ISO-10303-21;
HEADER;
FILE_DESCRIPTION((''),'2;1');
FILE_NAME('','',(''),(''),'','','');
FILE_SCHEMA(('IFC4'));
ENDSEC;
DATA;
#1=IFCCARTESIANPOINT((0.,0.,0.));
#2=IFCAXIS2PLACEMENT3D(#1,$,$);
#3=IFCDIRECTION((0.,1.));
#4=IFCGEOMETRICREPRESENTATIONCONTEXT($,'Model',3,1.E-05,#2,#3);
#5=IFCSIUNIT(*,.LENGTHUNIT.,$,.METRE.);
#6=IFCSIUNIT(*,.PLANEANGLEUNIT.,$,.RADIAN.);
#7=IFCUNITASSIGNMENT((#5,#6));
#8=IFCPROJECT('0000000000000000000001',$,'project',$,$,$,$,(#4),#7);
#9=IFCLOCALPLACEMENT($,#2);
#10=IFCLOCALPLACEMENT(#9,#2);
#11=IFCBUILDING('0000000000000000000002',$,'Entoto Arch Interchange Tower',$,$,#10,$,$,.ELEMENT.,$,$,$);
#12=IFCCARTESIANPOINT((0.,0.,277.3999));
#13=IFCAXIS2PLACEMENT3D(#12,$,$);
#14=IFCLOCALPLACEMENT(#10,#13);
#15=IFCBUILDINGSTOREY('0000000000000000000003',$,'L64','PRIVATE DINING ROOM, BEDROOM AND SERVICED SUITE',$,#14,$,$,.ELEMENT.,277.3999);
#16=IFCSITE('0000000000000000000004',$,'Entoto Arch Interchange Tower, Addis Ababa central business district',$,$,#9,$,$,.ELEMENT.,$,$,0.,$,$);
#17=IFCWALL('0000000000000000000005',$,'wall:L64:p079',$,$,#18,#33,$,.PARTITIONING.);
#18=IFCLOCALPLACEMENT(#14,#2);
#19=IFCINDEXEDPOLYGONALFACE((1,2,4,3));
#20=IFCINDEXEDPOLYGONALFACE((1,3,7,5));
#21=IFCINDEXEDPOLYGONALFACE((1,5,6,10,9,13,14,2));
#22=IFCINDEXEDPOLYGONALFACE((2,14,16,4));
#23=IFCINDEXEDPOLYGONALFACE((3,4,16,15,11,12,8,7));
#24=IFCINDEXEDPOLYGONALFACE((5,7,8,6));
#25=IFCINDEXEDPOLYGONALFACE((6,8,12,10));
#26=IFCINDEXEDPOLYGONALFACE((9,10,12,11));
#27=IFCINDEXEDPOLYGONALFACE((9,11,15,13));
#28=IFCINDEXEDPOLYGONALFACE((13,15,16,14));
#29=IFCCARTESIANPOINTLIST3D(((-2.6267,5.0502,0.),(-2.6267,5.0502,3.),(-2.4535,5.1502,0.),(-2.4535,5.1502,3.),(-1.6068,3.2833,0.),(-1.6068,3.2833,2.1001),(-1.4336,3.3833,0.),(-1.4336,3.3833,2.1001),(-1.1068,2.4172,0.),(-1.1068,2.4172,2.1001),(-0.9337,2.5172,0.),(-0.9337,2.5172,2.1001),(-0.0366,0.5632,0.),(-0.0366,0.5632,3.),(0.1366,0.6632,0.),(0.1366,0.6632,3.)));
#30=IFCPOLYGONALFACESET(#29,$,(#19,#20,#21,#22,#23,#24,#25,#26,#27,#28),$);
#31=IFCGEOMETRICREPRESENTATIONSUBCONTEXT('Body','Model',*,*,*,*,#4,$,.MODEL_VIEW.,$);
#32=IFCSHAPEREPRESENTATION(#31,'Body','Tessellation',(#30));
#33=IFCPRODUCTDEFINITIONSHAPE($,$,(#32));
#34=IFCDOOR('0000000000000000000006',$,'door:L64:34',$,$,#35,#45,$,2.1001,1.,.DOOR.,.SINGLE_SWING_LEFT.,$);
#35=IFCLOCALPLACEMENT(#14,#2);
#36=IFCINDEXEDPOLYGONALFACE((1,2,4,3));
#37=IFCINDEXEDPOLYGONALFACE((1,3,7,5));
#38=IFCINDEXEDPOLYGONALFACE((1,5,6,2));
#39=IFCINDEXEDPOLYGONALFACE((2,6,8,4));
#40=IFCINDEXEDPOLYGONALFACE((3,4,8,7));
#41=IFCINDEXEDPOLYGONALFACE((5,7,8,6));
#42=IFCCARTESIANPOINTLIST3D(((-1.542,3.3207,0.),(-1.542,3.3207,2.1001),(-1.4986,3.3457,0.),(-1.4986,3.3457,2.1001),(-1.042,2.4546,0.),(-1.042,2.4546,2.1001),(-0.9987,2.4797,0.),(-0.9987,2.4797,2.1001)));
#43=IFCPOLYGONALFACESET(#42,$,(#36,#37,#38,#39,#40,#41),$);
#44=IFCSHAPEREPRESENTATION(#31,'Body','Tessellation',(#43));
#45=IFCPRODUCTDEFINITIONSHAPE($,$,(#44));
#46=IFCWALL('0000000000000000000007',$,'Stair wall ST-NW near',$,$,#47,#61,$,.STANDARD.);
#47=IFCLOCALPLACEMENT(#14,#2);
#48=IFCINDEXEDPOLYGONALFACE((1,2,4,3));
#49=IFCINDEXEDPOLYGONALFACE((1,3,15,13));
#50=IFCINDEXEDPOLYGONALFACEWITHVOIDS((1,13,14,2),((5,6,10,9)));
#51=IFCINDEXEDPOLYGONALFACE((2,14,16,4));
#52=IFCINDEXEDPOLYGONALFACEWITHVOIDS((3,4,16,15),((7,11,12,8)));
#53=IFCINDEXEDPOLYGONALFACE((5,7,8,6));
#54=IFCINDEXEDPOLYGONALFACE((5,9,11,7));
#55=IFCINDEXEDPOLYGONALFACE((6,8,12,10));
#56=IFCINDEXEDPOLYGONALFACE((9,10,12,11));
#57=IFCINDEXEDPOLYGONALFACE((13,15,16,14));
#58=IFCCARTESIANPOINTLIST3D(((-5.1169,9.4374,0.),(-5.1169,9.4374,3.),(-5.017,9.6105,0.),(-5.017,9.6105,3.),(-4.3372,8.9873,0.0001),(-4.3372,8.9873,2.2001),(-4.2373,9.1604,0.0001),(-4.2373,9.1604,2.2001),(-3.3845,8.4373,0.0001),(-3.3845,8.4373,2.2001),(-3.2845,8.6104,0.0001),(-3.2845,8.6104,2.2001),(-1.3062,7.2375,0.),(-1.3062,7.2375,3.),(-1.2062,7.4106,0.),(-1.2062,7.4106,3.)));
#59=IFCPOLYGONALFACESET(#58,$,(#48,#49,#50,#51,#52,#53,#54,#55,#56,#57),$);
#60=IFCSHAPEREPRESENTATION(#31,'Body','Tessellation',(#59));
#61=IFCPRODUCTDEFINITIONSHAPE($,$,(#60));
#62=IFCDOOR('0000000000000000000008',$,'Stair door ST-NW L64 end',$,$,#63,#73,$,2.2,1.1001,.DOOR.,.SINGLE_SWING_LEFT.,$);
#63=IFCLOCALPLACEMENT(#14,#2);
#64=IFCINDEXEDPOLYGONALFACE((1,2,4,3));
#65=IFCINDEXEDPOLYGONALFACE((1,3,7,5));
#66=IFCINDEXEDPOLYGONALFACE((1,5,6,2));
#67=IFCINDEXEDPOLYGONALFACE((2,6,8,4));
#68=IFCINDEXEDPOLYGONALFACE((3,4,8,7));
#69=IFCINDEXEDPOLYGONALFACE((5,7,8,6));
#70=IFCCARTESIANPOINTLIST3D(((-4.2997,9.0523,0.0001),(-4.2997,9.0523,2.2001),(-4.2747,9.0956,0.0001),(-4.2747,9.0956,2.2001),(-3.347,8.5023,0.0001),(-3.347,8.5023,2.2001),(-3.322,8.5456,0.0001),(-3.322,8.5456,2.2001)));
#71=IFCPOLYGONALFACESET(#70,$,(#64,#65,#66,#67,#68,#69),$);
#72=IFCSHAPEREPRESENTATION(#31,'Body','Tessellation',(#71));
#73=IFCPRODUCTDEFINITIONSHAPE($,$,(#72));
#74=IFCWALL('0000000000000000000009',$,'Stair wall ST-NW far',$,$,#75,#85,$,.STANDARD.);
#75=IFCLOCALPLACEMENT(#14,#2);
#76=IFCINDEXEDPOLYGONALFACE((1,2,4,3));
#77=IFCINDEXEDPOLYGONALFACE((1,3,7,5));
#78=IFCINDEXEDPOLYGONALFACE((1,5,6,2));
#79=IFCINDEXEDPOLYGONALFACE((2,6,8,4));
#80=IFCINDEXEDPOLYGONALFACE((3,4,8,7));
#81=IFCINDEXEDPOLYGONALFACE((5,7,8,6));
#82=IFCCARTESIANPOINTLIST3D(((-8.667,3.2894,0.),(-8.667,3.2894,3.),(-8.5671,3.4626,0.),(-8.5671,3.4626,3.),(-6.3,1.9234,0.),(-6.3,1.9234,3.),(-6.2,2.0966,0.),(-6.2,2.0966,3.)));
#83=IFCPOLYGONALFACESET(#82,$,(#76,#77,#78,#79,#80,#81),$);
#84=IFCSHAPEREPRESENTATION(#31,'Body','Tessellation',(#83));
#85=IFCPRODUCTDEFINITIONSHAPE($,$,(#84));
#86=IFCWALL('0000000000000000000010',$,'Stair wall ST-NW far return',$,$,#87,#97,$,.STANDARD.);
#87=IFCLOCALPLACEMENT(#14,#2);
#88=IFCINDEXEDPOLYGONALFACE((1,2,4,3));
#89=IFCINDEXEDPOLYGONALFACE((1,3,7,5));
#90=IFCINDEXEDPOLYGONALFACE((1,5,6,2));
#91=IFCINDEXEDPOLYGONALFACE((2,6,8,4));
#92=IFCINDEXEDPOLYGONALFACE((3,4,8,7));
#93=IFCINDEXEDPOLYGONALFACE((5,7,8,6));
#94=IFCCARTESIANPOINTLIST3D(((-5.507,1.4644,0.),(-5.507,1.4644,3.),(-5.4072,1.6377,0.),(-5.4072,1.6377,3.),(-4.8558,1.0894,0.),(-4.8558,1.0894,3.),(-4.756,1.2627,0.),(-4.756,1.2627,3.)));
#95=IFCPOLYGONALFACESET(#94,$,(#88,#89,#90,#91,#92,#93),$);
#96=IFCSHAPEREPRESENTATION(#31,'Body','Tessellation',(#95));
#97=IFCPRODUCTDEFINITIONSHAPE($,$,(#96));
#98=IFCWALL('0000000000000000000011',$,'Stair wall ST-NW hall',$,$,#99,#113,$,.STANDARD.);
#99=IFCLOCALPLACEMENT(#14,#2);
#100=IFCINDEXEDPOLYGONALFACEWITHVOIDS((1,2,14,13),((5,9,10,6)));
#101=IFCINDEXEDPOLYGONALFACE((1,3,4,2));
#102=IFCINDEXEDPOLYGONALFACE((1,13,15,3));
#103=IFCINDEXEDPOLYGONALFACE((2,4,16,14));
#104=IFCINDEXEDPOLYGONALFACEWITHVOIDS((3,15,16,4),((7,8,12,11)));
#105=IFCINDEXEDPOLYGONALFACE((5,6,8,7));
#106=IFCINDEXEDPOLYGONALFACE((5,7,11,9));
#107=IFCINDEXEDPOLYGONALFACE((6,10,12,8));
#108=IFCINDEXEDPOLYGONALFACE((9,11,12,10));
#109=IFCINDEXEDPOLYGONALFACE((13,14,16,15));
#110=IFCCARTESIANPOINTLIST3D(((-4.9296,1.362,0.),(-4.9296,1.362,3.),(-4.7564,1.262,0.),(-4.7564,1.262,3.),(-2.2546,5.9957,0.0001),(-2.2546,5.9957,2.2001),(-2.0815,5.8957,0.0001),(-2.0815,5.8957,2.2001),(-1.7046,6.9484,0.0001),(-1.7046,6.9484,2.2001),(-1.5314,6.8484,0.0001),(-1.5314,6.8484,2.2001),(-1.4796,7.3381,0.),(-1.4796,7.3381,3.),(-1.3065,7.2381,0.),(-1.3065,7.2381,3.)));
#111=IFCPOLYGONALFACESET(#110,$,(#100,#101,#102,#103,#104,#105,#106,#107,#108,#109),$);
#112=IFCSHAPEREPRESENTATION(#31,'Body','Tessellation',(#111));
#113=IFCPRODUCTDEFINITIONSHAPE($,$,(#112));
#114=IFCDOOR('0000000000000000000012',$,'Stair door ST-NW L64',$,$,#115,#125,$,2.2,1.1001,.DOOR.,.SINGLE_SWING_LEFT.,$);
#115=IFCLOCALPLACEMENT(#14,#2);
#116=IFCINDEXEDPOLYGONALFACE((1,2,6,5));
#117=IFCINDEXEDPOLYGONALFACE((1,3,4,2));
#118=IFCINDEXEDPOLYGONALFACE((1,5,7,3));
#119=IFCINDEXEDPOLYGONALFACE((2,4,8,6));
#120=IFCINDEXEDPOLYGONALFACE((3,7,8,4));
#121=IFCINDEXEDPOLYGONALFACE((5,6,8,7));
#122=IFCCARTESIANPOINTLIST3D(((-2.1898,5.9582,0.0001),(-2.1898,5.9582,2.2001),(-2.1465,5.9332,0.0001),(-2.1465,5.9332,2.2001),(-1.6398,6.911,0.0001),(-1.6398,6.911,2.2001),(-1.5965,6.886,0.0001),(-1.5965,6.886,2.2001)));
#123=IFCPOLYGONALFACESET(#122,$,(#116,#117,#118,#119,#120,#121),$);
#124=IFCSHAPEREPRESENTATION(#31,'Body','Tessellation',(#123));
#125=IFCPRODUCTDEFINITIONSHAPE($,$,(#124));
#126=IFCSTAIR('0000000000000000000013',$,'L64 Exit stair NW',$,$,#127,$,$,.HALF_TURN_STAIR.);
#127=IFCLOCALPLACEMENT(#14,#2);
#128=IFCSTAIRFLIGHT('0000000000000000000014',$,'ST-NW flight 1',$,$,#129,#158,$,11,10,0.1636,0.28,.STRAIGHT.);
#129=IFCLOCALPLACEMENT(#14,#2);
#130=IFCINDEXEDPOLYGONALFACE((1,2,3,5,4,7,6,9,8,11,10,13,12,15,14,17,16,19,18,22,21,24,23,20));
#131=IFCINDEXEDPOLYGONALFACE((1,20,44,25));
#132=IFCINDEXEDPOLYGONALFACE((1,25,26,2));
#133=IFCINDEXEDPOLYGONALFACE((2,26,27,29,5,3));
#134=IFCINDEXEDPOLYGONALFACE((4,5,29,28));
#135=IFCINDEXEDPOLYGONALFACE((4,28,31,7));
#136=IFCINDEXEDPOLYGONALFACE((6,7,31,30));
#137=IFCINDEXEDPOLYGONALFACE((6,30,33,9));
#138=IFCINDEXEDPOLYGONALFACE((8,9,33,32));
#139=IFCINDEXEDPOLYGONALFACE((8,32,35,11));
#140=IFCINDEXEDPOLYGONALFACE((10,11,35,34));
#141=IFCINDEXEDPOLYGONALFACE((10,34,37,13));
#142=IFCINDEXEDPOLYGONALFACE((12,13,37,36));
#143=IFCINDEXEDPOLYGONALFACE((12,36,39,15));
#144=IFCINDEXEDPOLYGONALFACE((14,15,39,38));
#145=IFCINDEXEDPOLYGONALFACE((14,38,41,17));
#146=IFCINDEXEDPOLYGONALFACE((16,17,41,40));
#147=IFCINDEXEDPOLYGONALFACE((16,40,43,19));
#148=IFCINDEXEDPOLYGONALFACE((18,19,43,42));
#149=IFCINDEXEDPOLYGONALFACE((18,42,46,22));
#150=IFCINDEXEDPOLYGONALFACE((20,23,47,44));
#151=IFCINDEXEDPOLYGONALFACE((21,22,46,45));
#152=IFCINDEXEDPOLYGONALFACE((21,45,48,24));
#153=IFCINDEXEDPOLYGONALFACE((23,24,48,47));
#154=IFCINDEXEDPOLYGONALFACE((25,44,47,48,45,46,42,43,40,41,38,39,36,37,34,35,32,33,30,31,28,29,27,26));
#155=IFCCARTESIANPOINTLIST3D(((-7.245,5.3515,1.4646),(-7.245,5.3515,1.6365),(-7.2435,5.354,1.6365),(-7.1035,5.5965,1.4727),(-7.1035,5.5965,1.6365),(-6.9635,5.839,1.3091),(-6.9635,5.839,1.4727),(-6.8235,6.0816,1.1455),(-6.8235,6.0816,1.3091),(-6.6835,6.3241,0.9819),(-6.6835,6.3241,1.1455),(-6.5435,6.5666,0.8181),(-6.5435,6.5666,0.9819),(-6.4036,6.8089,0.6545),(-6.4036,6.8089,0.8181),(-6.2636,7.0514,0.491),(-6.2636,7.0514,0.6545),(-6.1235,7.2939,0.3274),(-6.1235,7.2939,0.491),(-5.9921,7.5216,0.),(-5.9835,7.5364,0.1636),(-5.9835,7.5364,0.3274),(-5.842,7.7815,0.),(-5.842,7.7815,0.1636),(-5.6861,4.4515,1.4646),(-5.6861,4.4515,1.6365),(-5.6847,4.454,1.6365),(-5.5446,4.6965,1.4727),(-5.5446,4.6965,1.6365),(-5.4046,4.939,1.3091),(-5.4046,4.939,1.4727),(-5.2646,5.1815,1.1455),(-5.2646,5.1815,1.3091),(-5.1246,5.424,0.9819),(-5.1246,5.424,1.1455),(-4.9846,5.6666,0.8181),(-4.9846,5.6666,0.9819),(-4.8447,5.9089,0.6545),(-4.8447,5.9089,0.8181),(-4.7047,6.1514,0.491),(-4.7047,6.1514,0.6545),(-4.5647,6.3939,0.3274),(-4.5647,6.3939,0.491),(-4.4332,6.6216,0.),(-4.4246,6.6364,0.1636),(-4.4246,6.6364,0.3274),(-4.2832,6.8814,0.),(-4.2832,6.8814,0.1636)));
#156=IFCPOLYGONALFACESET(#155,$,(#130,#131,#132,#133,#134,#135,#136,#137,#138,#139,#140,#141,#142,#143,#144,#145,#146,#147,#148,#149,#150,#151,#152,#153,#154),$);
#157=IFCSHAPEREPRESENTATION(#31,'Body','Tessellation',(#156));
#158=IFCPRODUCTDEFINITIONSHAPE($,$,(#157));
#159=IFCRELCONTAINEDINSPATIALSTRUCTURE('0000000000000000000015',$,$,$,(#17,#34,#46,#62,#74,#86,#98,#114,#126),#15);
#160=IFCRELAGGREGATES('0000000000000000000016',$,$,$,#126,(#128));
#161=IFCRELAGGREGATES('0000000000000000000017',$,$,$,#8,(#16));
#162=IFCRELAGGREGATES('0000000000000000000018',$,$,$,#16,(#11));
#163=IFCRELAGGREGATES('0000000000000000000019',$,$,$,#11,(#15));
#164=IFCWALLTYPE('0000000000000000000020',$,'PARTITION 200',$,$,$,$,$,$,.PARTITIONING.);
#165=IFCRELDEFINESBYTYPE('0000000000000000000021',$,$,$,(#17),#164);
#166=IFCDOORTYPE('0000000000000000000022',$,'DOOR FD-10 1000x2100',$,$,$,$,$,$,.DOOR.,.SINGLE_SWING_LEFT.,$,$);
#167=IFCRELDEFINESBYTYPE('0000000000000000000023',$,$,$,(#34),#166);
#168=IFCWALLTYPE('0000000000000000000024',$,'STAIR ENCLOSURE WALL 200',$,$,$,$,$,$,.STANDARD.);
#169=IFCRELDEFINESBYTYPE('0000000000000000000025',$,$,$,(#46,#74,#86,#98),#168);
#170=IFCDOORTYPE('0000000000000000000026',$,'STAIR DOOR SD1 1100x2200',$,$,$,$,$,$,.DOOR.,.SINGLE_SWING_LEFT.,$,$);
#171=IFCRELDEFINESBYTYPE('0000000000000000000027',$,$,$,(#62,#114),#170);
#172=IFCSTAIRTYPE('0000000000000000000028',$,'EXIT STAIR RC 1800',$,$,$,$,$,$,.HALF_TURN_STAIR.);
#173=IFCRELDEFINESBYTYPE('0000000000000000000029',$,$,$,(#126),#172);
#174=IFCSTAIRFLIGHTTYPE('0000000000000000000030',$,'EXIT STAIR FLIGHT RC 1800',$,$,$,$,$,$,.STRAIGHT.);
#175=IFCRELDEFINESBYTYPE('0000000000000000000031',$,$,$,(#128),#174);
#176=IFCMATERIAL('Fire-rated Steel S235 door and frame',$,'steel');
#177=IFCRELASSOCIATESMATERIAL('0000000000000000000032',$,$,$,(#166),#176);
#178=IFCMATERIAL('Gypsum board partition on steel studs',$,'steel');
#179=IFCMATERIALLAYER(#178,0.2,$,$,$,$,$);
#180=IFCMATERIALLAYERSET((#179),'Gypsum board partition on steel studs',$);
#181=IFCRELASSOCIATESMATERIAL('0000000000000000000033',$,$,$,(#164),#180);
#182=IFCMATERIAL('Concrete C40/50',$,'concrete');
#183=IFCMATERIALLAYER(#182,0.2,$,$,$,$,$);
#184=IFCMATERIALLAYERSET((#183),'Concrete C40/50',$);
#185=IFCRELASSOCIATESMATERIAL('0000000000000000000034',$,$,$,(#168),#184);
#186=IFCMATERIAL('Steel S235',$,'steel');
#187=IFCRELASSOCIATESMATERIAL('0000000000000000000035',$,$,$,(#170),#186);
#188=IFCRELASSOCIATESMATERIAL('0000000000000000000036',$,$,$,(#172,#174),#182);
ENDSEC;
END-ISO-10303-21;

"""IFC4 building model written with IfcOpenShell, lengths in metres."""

from ifc_helpers import new_model, si_unit, direction, frame, frame_2d, origin, place, context, subcontext, project, spatial, polyline, rectangle, outline, extrude, material, layer, layer_set, type_object, element, fill, aggregate, save


model = new_model("IFC4")

# Units and contexts
model_context = context("Model", 3, precision=1e-05, world=origin(), true_north=direction((0.0, 1.0)))
body_context = subcontext(model_context, "Body", "Model", "MODEL_VIEW")
ifc_project = project(units=[si_unit("LENGTHUNIT", "METRE"), si_unit("PLANEANGLEUNIT", "RADIAN")], contexts=[model_context])

# Site, building, storey
site_placement = place(None, origin())
site = spatial("IfcSite", under=ifc_project, at=site_placement, Name="Entoto Arch Interchange Tower, Addis Ababa central business district", CompositionType="ELEMENT", RefElevation=0.0)
building_placement = place(site_placement, origin())
building = spatial("IfcBuilding", under=site, at=building_placement, Name="Entoto Arch Interchange Tower", CompositionType="ELEMENT")
storey_placement = place(building_placement, frame((0.0, 0.0, 277.3999)))
storey = spatial("IfcBuildingStorey", under=building, at=storey_placement, Name="L64", Description="PRIVATE DINING ROOM, BEDROOM AND SERVICED SUITE", CompositionType="ELEMENT", Elevation=277.3999)

# Shared definitions
ifc_material_1 = material(Name="Concrete C40/50", Category="concrete")

# Shared definitions
ifc_material_2 = material(Name="Fire-rated Steel S235 door and frame", Category="steel")
door_type_1 = type_object("IfcDoorType", Name="DOOR FD-10 1000x2100", OperationType="SINGLE_SWING_LEFT", PredefinedType="DOOR", material=ifc_material_2)

# Walls, openings, doors
ifc_material_3 = material(Name="Gypsum board partition on steel studs", Category="steel")
ifc_layer_1 = layer(ifc_material_3, 0.2)
ifc_layer_set_1 = layer_set([ifc_layer_1], Name="Gypsum board partition on steel studs")
wall_type_1 = type_object("IfcWallType", Name="PARTITION 200", PredefinedType="PARTITIONING", material=ifc_layer_set_1)
wall_1_placement = place(storey_placement, frame((-2.54, 5.1001, 0.0), z_axis=(0.0, 0.0, 1.0), x_axis=(0.499925, -0.866069, 0.0)))
wall_1 = element("IfcWall", 1, at=wall_1_placement, inside=storey, type_object=wall_type_1, Name="wall:L64:p079", PredefinedType="PARTITIONING", context=body_context, shape_type="SweptSolid", body=[
    extrude(rectangle(XDim=5.1809, YDim=0.2, at=frame_2d((2.5903, 0.0))), origin(), (0.0, 0.0, 1.0), 3.0),
])
opening_1_placement = place(wall_1_placement, frame((2.04, 0.0, 0.0)))
opening_1 = element("IfcOpeningElement", 2, at=opening_1_placement, cuts=wall_1, PredefinedType="OPENING", context=body_context, shape_type="SweptSolid", body=[
    extrude(rectangle(XDim=1.0, YDim=2.1001, at=frame_2d((0.5, 1.05))), frame((0.0, 0.1099, 0.0), z_axis=(0.0, -1.0, 0.0), x_axis=(1.0, 0.0, 0.0)), (0.0, 0.0, 1.0), 0.22),
])
door_1_placement = place(opening_1_placement, origin())
door_1 = element("IfcDoor", 3, at=door_1_placement, inside=storey, type_object=door_type_1, Name="door:L64:34", OperationType="SINGLE_SWING_LEFT", OverallHeight=2.1001, OverallWidth=1.0, PredefinedType="DOOR", context=body_context, shape_type="SweptSolid", body=[
    extrude(rectangle(XDim=1.0, YDim=2.1001, at=frame_2d((0.5, 1.05))), frame((0.0, 0.0249, 0.0), z_axis=(0.0, -1.0, 0.0), x_axis=(1.0, 0.0, 0.0)), (0.0, 0.0, 1.0), 0.05),
])
fill(opening_1, door_1)
ifc_layer_2 = layer(ifc_material_1, 0.2)
ifc_layer_set_2 = layer_set([ifc_layer_2], Name="Concrete C40/50")
wall_type_2 = type_object("IfcWallType", Name="STAIR ENCLOSURE WALL 200", PredefinedType="STANDARD", material=ifc_layer_set_2)
wall_2_placement = place(storey_placement, frame((-1.2561, 7.324, 0.0), z_axis=(0.0, 0.0, 1.0), x_axis=(-0.866046, 0.499964, 0.0)))
wall_2 = element("IfcWall", 4, at=wall_2_placement, inside=storey, type_object=wall_type_2, Name="Stair wall ST-NW near", PredefinedType="STANDARD", context=body_context, shape_type="SweptSolid", body=[
    extrude(rectangle(XDim=4.4001, YDim=0.2, at=frame_2d((2.2002, 0.0))), origin(), (0.0, 0.0, 1.0), 3.0),
])
opening_2_placement = place(wall_2_placement, frame((2.3999, 0.0, 0.0)))
opening_2 = element("IfcOpeningElement", 5, at=opening_2_placement, cuts=wall_2, PredefinedType="OPENING", context=body_context, shape_type="SweptSolid", body=[
    extrude(rectangle(XDim=1.1001, YDim=2.2, at=frame_2d((0.55, 1.1001))), frame((0.0, 0.1099, 0.0), z_axis=(0.0, -1.0, 0.0), x_axis=(1.0, 0.0, 0.0)), (0.0, 0.0, 1.0), 0.22),
])
ifc_material_4 = material(Name="Steel S235", Category="steel")
door_type_2 = type_object("IfcDoorType", Name="STAIR DOOR SD1 1100x2200", OperationType="SINGLE_SWING_LEFT", PredefinedType="DOOR", material=ifc_material_4)
door_2_placement = place(opening_2_placement, origin())
door_2 = element("IfcDoor", 6, at=door_2_placement, inside=storey, type_object=door_type_2, Name="Stair door ST-NW L64 end", OperationType="SINGLE_SWING_LEFT", OverallHeight=2.2, OverallWidth=1.1001, PredefinedType="DOOR", context=body_context, shape_type="SweptSolid", body=[
    extrude(rectangle(XDim=1.1001, YDim=2.2, at=frame_2d((0.55, 1.1001))), frame((0.0, 0.0249, 0.0), z_axis=(0.0, -1.0, 0.0), x_axis=(1.0, 0.0, 0.0)), (0.0, 0.0, 1.0), 0.05),
])
fill(opening_2, door_2)

# Walls
wall_3_placement = place(storey_placement, frame((-6.25, 2.01, 0.0), z_axis=(0.0, 0.0, 1.0), x_axis=(-0.866119, 0.499838, 0.0)))
element("IfcWall", 7, at=wall_3_placement, inside=storey, type_object=wall_type_2, Name="Stair wall ST-NW far", PredefinedType="STANDARD", context=body_context, shape_type="SweptSolid", body=[
    extrude(rectangle(XDim=2.7329, YDim=0.2, at=frame_2d((1.3665, 0.0))), origin(), (0.0, 0.0, 1.0), 3.0),
])
wall_4_placement = place(storey_placement, frame((-4.8059, 1.176, 0.0), z_axis=(0.0, 0.0, 1.0), x_axis=(-0.866559, 0.499075, 0.0)))
element("IfcWall", 8, at=wall_4_placement, inside=storey, type_object=wall_type_2, Name="Stair wall ST-NW far return", PredefinedType="STANDARD", context=body_context, shape_type="SweptSolid", body=[
    extrude(rectangle(XDim=0.7515, YDim=0.2, at=frame_2d((0.3757, 0.0))), origin(), (0.0, 0.0, 1.0), 3.0),
])

# Wall, opening, door
wall_5_placement = place(storey_placement, frame((-1.3931, 7.2881, 0.0), z_axis=(0.0, 0.0, 1.0), x_axis=(-0.499963, -0.866047, 0.0)))
wall_5 = element("IfcWall", 9, at=wall_5_placement, inside=storey, type_object=wall_type_2, Name="Stair wall ST-NW hall", PredefinedType="STANDARD", context=body_context, shape_type="SweptSolid", body=[
    extrude(rectangle(XDim=6.9004, YDim=0.2, at=frame_2d((3.4502, 0.0))), origin(), (0.0, 0.0, 1.0), 3.0),
])
opening_3_placement = place(wall_5_placement, frame((0.45, 0.0, 0.0)))
opening_3 = element("IfcOpeningElement", 10, at=opening_3_placement, cuts=wall_5, PredefinedType="OPENING", context=body_context, shape_type="SweptSolid", body=[
    extrude(rectangle(XDim=1.1001, YDim=2.2, at=frame_2d((0.55, 1.1001))), frame((0.0, 0.1099, 0.0), z_axis=(0.0, -1.0, 0.0), x_axis=(1.0, 0.0, 0.0)), (0.0, 0.0, 1.0), 0.22),
])
door_3_placement = place(opening_3_placement, origin())
door_3 = element("IfcDoor", 11, at=door_3_placement, inside=storey, type_object=door_type_2, Name="Stair door ST-NW L64", OperationType="SINGLE_SWING_LEFT", OverallHeight=2.2, OverallWidth=1.1001, PredefinedType="DOOR", context=body_context, shape_type="SweptSolid", body=[
    extrude(rectangle(XDim=1.1001, YDim=2.2, at=frame_2d((0.55, 1.1001))), frame((0.0, 0.0249, 0.0), z_axis=(0.0, -1.0, 0.0), x_axis=(1.0, 0.0, 0.0)), (0.0, 0.0, 1.0), 0.05),
])
fill(opening_3, door_3)

# Stair, stair flight
stair_type = type_object("IfcStairType", Name="EXIT STAIR RC 1800", PredefinedType="HALF_TURN_STAIR", material=ifc_material_1)
stair_placement = place(storey_placement, origin())
stair = element("IfcStair", 12, at=stair_placement, inside=storey, type_object=stair_type, Name="L64 Exit stair NW", PredefinedType="HALF_TURN_STAIR")
stair_flight_type = type_object("IfcStairFlightType", Name="EXIT STAIR FLIGHT RC 1800", PredefinedType="STRAIGHT", material=ifc_material_1)
stair_flight_1_placement = place(storey_placement, frame((-5.064, 7.3289, 0.0), z_axis=(0.0, 0.0, 1.0), x_axis=(-0.5, -0.866025, 0.0)))
stair_flight_1 = element("IfcStairFlight", 13, at=stair_flight_1_placement, type_object=stair_flight_type, Name="ST-NW flight 1", NumberOfRisers=11, NumberOfTreads=10, PredefinedType="STRAIGHT", RiserHeight=0.1636, TreadLength=0.28, context=body_context, shape_type="SweptSolid", body=[
    extrude(outline(polyline([(-0.0029, 0.0), (-0.0029, 0.1636), (0.28, 0.1636), (0.28, 0.3274), (0.5601, 0.3274), (0.5601, 0.491), (0.8401, 0.491), (0.8401, 0.6545), (1.1201, 0.6545), (1.1201, 0.8181), (1.3999, 0.8181), (1.3999, 0.9819), (1.6799, 0.9819), (1.6799, 1.1455), (1.96, 1.1455), (1.96, 1.3091), (2.24, 1.3091), (2.24, 1.4727), (2.52, 1.4727), (2.52, 1.6365), (2.8, 1.6365), (2.803, 1.6365), (2.803, 1.4646), (0.2971, 0.0), (-0.0029, 0.0)])), frame((0.0, 0.8999, 0.0), z_axis=(0.0, -1.0, 0.0), x_axis=(1.0, 0.0, 0.0)), (0.0, 0.0, 1.0), 1.8),
])
aggregate(stair, [stair_flight_1])

save(model, "model.ifc")
